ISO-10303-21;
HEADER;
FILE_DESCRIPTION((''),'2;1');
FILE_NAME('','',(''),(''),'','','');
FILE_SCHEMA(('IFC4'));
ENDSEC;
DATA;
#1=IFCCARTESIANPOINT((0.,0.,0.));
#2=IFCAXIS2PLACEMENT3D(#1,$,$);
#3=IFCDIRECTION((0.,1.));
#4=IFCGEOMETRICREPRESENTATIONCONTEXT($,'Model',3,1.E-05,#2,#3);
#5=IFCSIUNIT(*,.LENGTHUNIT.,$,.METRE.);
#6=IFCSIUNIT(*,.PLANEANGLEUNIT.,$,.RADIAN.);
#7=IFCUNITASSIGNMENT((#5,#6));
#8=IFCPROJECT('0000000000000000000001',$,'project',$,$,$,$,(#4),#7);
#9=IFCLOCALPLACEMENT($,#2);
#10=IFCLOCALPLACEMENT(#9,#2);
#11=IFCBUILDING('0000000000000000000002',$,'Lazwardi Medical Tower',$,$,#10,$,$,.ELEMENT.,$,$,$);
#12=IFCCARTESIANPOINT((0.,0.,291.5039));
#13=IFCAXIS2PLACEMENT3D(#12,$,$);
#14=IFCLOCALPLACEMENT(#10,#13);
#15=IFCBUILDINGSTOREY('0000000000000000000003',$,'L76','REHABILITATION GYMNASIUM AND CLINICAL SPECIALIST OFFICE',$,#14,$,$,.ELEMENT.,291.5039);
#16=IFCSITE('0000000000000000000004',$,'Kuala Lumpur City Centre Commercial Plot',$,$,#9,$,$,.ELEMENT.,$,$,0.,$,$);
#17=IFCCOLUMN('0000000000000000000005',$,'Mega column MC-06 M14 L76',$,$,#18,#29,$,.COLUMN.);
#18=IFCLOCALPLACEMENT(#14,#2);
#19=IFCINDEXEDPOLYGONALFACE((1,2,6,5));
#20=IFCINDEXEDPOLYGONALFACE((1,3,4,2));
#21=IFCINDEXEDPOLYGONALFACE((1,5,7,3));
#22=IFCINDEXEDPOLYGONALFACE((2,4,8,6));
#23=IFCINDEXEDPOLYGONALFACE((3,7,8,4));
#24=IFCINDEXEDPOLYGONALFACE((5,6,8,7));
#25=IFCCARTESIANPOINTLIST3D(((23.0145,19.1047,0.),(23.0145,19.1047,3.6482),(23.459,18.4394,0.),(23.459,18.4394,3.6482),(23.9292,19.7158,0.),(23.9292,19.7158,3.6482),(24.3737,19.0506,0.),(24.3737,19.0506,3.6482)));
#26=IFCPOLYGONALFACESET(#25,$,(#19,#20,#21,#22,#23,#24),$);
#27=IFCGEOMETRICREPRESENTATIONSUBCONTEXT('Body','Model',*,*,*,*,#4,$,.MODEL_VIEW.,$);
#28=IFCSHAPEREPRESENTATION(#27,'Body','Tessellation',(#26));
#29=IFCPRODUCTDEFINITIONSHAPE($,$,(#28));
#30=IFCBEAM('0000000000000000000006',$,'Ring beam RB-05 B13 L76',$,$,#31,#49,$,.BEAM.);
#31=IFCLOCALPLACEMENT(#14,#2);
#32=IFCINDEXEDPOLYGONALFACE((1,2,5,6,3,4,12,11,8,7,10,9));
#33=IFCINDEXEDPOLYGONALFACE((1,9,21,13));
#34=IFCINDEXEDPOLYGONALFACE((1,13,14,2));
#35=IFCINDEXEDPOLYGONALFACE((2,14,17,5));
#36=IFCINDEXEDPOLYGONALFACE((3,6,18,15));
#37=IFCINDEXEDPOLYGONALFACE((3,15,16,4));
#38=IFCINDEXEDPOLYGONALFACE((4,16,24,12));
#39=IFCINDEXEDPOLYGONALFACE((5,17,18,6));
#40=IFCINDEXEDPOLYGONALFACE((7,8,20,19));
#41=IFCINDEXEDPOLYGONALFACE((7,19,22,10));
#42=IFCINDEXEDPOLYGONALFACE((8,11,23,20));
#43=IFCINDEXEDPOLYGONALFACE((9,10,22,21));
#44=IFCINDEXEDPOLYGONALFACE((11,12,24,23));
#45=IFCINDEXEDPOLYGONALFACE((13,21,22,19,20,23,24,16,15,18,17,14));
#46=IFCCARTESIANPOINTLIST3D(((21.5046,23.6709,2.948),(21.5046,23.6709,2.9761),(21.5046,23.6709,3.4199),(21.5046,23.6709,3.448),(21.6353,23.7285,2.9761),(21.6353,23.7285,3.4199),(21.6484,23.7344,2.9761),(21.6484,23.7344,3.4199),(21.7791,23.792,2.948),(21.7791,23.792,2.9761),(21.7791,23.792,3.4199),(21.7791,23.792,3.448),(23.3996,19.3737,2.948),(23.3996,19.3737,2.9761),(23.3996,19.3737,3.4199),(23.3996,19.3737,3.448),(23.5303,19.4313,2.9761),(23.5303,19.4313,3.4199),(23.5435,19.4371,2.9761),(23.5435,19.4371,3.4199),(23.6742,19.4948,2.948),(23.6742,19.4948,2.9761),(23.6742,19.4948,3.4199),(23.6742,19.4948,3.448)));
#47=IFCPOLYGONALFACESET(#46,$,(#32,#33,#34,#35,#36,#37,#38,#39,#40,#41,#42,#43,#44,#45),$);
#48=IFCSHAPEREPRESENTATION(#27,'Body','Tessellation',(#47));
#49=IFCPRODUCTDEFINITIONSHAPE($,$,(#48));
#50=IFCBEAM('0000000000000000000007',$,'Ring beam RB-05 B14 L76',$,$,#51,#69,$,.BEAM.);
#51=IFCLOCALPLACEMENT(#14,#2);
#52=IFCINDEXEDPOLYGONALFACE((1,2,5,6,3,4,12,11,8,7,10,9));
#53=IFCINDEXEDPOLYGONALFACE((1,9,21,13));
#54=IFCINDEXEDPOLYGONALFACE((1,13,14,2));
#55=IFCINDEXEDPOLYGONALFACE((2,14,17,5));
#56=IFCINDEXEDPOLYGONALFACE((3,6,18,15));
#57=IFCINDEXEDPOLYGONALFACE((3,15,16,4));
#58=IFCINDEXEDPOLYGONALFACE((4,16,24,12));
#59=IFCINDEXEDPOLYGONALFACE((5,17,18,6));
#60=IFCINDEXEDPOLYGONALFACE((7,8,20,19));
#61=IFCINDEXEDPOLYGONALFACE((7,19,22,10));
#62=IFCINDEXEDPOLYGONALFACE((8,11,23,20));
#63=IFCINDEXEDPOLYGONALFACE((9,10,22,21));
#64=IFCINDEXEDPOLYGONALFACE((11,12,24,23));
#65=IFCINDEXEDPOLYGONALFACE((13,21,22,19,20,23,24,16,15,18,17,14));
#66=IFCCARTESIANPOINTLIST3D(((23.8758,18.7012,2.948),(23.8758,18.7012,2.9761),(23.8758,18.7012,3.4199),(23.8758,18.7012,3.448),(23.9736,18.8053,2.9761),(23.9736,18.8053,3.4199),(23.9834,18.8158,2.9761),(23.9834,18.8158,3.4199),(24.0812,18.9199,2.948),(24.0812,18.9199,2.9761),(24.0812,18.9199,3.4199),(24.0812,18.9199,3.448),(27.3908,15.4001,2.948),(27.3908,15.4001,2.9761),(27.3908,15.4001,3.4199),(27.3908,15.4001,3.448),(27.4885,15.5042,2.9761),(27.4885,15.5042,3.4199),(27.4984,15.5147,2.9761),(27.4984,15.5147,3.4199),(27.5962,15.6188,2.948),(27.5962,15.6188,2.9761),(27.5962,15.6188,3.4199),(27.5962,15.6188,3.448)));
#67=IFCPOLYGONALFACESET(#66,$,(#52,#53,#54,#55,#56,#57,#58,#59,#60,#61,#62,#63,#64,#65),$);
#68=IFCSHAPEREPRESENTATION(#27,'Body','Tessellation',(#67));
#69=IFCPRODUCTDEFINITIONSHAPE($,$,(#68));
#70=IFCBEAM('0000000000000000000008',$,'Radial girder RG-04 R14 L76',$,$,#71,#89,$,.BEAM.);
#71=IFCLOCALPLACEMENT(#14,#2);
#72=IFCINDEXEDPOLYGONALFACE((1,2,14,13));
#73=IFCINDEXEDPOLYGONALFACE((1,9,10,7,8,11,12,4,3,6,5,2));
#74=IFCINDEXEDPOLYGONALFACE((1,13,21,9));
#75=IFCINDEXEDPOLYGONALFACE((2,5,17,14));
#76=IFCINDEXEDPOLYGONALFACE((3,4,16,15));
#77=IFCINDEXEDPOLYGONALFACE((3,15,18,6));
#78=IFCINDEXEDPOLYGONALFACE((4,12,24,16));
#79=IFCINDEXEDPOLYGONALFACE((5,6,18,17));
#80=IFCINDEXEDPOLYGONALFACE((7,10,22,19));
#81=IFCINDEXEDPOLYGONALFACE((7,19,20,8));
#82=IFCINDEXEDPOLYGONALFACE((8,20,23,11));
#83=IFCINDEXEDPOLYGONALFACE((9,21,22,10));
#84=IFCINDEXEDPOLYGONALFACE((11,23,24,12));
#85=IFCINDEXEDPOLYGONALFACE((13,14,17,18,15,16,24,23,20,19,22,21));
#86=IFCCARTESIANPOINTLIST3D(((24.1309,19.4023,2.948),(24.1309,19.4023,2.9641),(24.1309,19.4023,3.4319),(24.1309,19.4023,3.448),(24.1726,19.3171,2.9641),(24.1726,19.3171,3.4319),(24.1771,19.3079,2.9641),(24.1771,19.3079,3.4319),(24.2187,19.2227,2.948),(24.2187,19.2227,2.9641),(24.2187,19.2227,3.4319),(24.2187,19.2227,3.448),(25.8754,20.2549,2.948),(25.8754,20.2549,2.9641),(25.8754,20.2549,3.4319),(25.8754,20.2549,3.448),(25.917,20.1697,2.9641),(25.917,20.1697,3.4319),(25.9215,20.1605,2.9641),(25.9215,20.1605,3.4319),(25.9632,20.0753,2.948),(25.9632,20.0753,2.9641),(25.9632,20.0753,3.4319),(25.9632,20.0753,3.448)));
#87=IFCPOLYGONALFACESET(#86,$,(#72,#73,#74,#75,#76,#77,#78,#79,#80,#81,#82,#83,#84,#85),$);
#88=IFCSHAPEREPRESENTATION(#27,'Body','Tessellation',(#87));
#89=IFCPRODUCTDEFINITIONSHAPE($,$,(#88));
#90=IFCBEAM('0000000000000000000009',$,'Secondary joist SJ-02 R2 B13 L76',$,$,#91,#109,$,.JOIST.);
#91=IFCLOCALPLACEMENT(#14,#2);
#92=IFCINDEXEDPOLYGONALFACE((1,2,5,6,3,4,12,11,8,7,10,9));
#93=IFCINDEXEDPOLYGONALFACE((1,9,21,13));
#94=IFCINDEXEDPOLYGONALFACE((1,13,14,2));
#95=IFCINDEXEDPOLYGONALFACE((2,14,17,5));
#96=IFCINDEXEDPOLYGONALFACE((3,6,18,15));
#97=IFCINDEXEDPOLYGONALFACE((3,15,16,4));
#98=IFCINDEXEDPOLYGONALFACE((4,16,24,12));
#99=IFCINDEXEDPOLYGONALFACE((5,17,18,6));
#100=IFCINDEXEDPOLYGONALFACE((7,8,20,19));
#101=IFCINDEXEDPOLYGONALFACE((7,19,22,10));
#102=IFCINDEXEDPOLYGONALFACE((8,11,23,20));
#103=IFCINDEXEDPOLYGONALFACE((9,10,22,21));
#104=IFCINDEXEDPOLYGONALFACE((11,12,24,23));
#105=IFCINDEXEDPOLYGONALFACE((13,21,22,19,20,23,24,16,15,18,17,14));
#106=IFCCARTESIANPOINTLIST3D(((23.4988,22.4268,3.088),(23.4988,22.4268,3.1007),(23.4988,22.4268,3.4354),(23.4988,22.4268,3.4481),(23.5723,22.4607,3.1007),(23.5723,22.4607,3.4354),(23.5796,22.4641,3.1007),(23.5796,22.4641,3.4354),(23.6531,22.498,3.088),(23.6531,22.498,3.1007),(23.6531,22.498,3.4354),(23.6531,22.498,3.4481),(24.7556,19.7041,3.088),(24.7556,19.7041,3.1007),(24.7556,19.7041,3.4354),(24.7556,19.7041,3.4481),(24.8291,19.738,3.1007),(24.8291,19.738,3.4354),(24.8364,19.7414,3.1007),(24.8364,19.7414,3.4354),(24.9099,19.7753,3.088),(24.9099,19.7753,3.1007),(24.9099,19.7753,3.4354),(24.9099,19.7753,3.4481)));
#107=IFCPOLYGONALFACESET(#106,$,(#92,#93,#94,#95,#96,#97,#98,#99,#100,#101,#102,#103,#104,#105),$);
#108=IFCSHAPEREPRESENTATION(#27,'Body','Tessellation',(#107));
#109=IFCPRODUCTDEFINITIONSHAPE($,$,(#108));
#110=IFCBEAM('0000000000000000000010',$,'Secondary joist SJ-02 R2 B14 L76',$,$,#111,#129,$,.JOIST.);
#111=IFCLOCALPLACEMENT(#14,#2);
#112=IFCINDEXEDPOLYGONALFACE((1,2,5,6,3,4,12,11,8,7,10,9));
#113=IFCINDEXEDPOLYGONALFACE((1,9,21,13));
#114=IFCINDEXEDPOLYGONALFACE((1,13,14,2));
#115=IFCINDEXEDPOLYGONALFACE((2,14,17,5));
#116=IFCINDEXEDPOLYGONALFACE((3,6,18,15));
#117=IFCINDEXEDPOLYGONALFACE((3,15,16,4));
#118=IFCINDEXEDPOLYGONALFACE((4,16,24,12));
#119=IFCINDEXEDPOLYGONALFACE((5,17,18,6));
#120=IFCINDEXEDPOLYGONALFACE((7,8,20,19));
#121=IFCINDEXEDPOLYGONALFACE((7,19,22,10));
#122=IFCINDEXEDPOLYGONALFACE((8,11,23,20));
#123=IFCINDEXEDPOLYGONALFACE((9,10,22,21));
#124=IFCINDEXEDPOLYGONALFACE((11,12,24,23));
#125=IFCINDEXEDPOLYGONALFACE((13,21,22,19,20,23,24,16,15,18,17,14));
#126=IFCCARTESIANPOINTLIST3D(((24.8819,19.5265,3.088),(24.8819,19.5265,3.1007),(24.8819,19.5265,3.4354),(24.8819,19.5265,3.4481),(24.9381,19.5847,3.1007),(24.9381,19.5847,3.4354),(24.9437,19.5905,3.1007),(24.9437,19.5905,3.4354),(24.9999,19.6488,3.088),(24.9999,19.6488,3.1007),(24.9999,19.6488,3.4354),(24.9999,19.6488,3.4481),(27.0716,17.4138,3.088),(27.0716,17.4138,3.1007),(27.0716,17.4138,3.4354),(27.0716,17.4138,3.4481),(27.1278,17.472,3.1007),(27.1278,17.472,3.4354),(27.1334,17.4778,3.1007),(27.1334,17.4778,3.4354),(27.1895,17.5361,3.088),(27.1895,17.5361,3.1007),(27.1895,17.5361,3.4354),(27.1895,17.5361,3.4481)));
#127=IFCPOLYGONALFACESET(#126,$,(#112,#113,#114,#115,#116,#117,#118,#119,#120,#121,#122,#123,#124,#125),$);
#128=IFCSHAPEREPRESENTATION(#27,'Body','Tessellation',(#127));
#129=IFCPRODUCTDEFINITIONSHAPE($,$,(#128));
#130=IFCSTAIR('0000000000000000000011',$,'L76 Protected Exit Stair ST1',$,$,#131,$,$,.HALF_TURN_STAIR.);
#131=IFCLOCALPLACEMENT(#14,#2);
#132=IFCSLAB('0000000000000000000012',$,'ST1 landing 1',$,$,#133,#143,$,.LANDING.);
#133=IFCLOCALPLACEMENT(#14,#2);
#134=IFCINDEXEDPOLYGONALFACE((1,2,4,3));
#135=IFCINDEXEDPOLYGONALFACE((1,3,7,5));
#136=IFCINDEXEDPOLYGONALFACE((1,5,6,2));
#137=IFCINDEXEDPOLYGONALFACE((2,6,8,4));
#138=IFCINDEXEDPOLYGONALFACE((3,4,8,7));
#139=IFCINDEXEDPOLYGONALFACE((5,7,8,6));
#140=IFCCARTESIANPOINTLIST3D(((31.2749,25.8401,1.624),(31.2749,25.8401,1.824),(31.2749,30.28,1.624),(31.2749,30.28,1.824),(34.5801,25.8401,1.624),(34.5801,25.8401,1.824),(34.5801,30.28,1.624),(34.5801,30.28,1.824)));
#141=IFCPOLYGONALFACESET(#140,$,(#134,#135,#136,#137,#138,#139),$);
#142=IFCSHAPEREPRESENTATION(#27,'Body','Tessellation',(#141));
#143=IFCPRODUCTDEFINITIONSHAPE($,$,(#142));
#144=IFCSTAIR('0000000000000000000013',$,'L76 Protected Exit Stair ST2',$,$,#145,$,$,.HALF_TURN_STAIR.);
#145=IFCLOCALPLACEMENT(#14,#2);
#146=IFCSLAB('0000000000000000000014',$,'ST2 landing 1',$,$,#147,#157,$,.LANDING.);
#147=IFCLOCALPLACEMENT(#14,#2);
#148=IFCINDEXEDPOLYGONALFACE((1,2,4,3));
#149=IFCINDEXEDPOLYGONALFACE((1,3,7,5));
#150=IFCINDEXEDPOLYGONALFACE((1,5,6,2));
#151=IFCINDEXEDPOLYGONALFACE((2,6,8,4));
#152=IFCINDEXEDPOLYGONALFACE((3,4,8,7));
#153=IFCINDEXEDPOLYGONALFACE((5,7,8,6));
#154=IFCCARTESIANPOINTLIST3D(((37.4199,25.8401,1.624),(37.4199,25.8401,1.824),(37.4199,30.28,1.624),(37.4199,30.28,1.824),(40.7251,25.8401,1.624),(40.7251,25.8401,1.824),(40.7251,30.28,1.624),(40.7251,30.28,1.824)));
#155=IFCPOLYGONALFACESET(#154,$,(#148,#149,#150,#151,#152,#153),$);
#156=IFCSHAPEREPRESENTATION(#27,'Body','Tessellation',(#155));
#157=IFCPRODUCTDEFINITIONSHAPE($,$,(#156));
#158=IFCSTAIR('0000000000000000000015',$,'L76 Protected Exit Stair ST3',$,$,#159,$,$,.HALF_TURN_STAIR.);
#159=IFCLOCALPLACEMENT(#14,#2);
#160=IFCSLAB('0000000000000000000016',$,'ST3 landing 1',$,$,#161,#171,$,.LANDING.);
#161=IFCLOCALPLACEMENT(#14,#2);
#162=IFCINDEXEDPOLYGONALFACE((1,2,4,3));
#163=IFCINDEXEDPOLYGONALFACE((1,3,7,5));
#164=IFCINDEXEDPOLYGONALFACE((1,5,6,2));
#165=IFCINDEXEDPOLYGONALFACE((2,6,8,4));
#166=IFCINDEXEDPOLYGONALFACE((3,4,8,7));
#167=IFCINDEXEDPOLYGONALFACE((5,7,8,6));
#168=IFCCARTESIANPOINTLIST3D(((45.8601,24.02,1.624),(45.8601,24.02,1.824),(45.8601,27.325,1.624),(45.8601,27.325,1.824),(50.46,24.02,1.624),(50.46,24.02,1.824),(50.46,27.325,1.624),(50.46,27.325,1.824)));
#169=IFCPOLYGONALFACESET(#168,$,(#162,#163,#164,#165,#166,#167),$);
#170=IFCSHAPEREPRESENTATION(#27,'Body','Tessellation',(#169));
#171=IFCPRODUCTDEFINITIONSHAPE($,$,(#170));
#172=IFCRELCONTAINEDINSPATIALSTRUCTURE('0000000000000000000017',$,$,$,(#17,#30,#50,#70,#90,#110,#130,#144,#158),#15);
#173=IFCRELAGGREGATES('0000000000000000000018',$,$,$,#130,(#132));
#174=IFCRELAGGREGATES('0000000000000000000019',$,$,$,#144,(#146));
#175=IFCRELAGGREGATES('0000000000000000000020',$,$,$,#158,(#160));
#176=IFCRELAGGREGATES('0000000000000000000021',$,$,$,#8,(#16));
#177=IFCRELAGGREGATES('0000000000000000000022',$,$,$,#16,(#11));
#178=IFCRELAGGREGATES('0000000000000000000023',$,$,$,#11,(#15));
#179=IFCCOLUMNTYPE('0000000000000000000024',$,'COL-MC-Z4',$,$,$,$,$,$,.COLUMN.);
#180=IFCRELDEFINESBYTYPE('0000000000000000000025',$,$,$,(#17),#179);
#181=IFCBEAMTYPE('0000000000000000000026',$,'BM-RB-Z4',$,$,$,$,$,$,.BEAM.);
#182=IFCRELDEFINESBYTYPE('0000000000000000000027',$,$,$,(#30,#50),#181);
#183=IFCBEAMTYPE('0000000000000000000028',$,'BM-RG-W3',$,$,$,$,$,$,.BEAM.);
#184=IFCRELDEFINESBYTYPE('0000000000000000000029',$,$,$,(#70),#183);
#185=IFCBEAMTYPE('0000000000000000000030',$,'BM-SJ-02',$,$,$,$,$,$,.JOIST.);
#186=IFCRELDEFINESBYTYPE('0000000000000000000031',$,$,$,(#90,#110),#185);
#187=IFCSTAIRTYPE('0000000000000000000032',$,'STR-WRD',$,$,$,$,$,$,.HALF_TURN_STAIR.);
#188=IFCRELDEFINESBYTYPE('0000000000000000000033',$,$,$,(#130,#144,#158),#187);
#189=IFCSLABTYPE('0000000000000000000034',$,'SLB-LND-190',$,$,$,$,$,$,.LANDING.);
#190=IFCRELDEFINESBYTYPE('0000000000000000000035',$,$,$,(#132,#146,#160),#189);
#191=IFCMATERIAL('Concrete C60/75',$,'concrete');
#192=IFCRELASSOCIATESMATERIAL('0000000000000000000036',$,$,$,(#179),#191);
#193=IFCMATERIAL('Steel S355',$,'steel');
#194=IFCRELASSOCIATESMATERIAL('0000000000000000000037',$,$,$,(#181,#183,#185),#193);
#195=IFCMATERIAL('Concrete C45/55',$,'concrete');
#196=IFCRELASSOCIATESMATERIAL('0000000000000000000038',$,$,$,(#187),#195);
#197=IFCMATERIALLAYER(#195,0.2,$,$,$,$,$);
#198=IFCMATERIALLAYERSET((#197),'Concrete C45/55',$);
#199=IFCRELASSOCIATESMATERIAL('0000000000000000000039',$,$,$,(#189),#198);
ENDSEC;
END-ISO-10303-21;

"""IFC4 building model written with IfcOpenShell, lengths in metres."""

from ifc_helpers import new_model, si_unit, direction, frame, origin, origin_2d, place, context, subcontext, project, spatial, polyline, rectangle, i_section, outline, extrude, material, layer, layer_set, material_profile, profile_set, type_object, element, aggregate, save


model = new_model("IFC4")

# Units and contexts
model_context = context("Model", 3, precision=1e-05, world=origin(), true_north=direction((0.0, 1.0)))
body_context = subcontext(model_context, "Body", "Model", "MODEL_VIEW")
ifc_project = project(units=[si_unit("LENGTHUNIT", "METRE"), si_unit("PLANEANGLEUNIT", "RADIAN")], contexts=[model_context])

# Site, building, storey
site_placement = place(None, origin())
site = spatial("IfcSite", under=ifc_project, at=site_placement, Name="Kuala Lumpur City Centre Commercial Plot", CompositionType="ELEMENT", RefElevation=0.0)
building_placement = place(site_placement, origin())
building = spatial("IfcBuilding", under=site, at=building_placement, Name="Lazwardi Medical Tower", CompositionType="ELEMENT")
storey_placement = place(building_placement, frame((0.0, 0.0, 291.5039)))
storey = spatial("IfcBuildingStorey", under=building, at=storey_placement, Name="L76", Description="REHABILITATION GYMNASIUM AND CLINICAL SPECIALIST OFFICE", CompositionType="ELEMENT", Elevation=291.5039)

# Column
ifc_material_1 = material(Name="Concrete C60/75", Category="concrete")
ifc_material_profile_1 = material_profile(ifc_material_1, rectangle(XDim=1.1001, YDim=0.8, at=origin_2d()), Name="CFT-RECT 1100x800")
ifc_profile_set_1 = profile_set([ifc_material_profile_1], Name="Concrete C60/75")
column_type = type_object("IfcColumnType", Name="COL-MC-Z4", PredefinedType="COLUMN", material=ifc_profile_set_1)
column_placement = place(storey_placement, frame((23.6941, 19.0776, 0.0), z_axis=(0.0, 0.0, 1.0), x_axis=(-0.83147, -0.55557, 0.0)))
element("IfcColumn", 1, at=column_placement, inside=storey, type_object=column_type, Name="Mega column MC-06 M14 L76", PredefinedType="COLUMN", context=body_context, shape_type="SweptSolid", body=[
    extrude(rectangle(XDim=1.1001, YDim=0.8, at=origin_2d()), origin(), (0.0, 0.0, 1.0), 3.6482),
])

# Beams
ifc_material_2 = material(Name="Steel S355", Category="steel")
ifc_material_profile_2 = material_profile(ifc_material_2, i_section(OverallWidth=0.3, OverallDepth=0.5, WebThickness=0.0144, FlangeThickness=0.0281, at=origin_2d()), Name="HEB 500")
ifc_profile_set_2 = profile_set([ifc_material_profile_2], Name="Steel S355")
beam_type_1 = type_object("IfcBeamType", Name="BM-RB-Z4", PredefinedType="BEAM", material=ifc_profile_set_2)
beam_1_placement = place(storey_placement, frame((21.6418, 23.7314, 3.198), z_axis=(0.403503, -0.914978, 0.0), x_axis=(0.914978, 0.403503, 0.0)))
element("IfcBeam", 2, at=beam_1_placement, inside=storey, type_object=beam_type_1, Name="Ring beam RB-05 B13 L76", PredefinedType="BEAM", context=body_context, shape_type="SweptSolid", body=[
    extrude(i_section(OverallWidth=0.3, OverallDepth=0.5, WebThickness=0.0144, FlangeThickness=0.0281, at=origin_2d()), origin(), (0.0, 0.0, 1.0), 4.6965),
])
beam_2_placement = place(storey_placement, frame((23.9785, 18.8105, 3.198), z_axis=(0.728935, -0.684583, 0.0), x_axis=(0.684583, 0.728935, 0.0)))
element("IfcBeam", 3, at=beam_2_placement, inside=storey, type_object=beam_type_1, Name="Ring beam RB-05 B14 L76", PredefinedType="BEAM", context=body_context, shape_type="SweptSolid", body=[
    extrude(i_section(OverallWidth=0.3, OverallDepth=0.5, WebThickness=0.0144, FlangeThickness=0.0281, at=origin_2d()), origin(), (0.0, 0.0, 1.0), 4.822),
])
ifc_material_profile_3 = material_profile(ifc_material_2, i_section(OverallWidth=0.2, OverallDepth=0.5, WebThickness=0.0103, FlangeThickness=0.0161, at=origin_2d()), Name="IPE 500")
ifc_profile_set_3 = profile_set([ifc_material_profile_3], Name="Steel S355")
beam_type_2 = type_object("IfcBeamType", Name="BM-RG-W3", PredefinedType="BEAM", material=ifc_profile_set_3)
beam_3_placement = place(storey_placement, frame((24.1748, 19.3125, 3.198), z_axis=(0.898439, 0.439097, 0.0), x_axis=(-0.439097, 0.898439, 0.0)))
element("IfcBeam", 4, at=beam_3_placement, inside=storey, type_object=beam_type_2, Name="Radial girder RG-04 R14 L76", PredefinedType="BEAM", context=body_context, shape_type="SweptSolid", body=[
    extrude(i_section(OverallWidth=0.2, OverallDepth=0.5, WebThickness=0.0103, FlangeThickness=0.0161, at=origin_2d()), origin(), (0.0, 0.0, 1.0), 1.9417),
])
ifc_material_profile_4 = material_profile(ifc_material_2, i_section(OverallWidth=0.1699, OverallDepth=0.3601, WebThickness=0.0081, FlangeThickness=0.0127, at=origin_2d()), Name="IPE 360")
ifc_profile_set_4 = profile_set([ifc_material_profile_4], Name="Steel S355")
beam_type_3 = type_object("IfcBeamType", Name="BM-SJ-02", PredefinedType="JOIST", material=ifc_profile_set_4)
beam_4_placement = place(storey_placement, frame((23.5759, 22.4624, 3.2681), z_axis=(0.41912, -0.907931, 0.0), x_axis=(0.907931, 0.41912, 0.0)))
element("IfcBeam", 5, at=beam_4_placement, inside=storey, type_object=beam_type_3, Name="Secondary joist SJ-02 R2 B13 L76", PredefinedType="JOIST", context=body_context, shape_type="SweptSolid", body=[
    extrude(i_section(OverallWidth=0.1699, OverallDepth=0.3601, WebThickness=0.0081, FlangeThickness=0.0127, at=origin_2d()), origin(), (0.0, 0.0, 1.0), 2.9988),
])
beam_5_placement = place(storey_placement, frame((24.9409, 19.5876, 3.2681), z_axis=(0.719631, -0.694357, 0.0), x_axis=(0.694357, 0.719631, 0.0)))
element("IfcBeam", 6, at=beam_5_placement, inside=storey, type_object=beam_type_3, Name="Secondary joist SJ-02 R2 B14 L76", PredefinedType="JOIST", context=body_context, shape_type="SweptSolid", body=[
    extrude(i_section(OverallWidth=0.1699, OverallDepth=0.3601, WebThickness=0.0081, FlangeThickness=0.0127, at=origin_2d()), origin(), (0.0, 0.0, 1.0), 3.0427),
])

# Stairs, slabs
ifc_material_3 = material(Name="Concrete C45/55", Category="concrete")
stair_type = type_object("IfcStairType", Name="STR-WRD", PredefinedType="HALF_TURN_STAIR", material=ifc_material_3)
stair_1_placement = place(storey_placement, origin())
stair_1 = element("IfcStair", 7, at=stair_1_placement, inside=storey, type_object=stair_type, Name="L76 Protected Exit Stair ST1", PredefinedType="HALF_TURN_STAIR")
ifc_layer_1 = layer(ifc_material_3, 0.2)
ifc_layer_set_1 = layer_set([ifc_layer_1], Name="Concrete C45/55")
slab_type_1 = type_object("IfcSlabType", Name="SLB-LND-190", PredefinedType="LANDING", material=ifc_layer_set_1)
slab_1_placement = place(storey_placement, frame((0.0, 0.0, 1.624)))
slab_1 = element("IfcSlab", 8, at=slab_1_placement, type_object=slab_type_1, Name="ST1 landing 1", PredefinedType="LANDING", context=body_context, shape_type="SweptSolid", body=[
    extrude(outline(polyline([(31.2749, 25.8401), (34.5801, 25.8401), (34.5801, 30.28), (31.2749, 30.28), (31.2749, 25.8401)])), origin(), (0.0, 0.0, 1.0), 0.2),
])
aggregate(stair_1, [slab_1])
stair_2_placement = place(storey_placement, origin())
stair_2 = element("IfcStair", 9, at=stair_2_placement, inside=storey, type_object=stair_type, Name="L76 Protected Exit Stair ST2", PredefinedType="HALF_TURN_STAIR")
slab_2_placement = place(storey_placement, frame((0.0, 0.0, 1.624)))
slab_2 = element("IfcSlab", 10, at=slab_2_placement, type_object=slab_type_1, Name="ST2 landing 1", PredefinedType="LANDING", context=body_context, shape_type="SweptSolid", body=[
    extrude(outline(polyline([(40.7251, 30.28), (37.4199, 30.28), (37.4199, 25.8401), (40.7251, 25.8401), (40.7251, 30.28)])), origin(), (0.0, 0.0, 1.0), 0.2),
])
aggregate(stair_2, [slab_2])
stair_3_placement = place(storey_placement, origin())
stair_3 = element("IfcStair", 11, at=stair_3_placement, inside=storey, type_object=stair_type, Name="L76 Protected Exit Stair ST3", PredefinedType="HALF_TURN_STAIR")
slab_3_placement = place(storey_placement, frame((0.0, 0.0, 1.624)))
slab_3 = element("IfcSlab", 12, at=slab_3_placement, type_object=slab_type_1, Name="ST3 landing 1", PredefinedType="LANDING", context=body_context, shape_type="SweptSolid", body=[
    extrude(outline(polyline([(45.8601, 27.325), (45.8601, 24.02), (50.46, 24.02), (50.46, 27.325), (45.8601, 27.325)])), origin(), (0.0, 0.0, 1.0), 0.2),
])
aggregate(stair_3, [slab_3])

save(model, "model.ifc")
